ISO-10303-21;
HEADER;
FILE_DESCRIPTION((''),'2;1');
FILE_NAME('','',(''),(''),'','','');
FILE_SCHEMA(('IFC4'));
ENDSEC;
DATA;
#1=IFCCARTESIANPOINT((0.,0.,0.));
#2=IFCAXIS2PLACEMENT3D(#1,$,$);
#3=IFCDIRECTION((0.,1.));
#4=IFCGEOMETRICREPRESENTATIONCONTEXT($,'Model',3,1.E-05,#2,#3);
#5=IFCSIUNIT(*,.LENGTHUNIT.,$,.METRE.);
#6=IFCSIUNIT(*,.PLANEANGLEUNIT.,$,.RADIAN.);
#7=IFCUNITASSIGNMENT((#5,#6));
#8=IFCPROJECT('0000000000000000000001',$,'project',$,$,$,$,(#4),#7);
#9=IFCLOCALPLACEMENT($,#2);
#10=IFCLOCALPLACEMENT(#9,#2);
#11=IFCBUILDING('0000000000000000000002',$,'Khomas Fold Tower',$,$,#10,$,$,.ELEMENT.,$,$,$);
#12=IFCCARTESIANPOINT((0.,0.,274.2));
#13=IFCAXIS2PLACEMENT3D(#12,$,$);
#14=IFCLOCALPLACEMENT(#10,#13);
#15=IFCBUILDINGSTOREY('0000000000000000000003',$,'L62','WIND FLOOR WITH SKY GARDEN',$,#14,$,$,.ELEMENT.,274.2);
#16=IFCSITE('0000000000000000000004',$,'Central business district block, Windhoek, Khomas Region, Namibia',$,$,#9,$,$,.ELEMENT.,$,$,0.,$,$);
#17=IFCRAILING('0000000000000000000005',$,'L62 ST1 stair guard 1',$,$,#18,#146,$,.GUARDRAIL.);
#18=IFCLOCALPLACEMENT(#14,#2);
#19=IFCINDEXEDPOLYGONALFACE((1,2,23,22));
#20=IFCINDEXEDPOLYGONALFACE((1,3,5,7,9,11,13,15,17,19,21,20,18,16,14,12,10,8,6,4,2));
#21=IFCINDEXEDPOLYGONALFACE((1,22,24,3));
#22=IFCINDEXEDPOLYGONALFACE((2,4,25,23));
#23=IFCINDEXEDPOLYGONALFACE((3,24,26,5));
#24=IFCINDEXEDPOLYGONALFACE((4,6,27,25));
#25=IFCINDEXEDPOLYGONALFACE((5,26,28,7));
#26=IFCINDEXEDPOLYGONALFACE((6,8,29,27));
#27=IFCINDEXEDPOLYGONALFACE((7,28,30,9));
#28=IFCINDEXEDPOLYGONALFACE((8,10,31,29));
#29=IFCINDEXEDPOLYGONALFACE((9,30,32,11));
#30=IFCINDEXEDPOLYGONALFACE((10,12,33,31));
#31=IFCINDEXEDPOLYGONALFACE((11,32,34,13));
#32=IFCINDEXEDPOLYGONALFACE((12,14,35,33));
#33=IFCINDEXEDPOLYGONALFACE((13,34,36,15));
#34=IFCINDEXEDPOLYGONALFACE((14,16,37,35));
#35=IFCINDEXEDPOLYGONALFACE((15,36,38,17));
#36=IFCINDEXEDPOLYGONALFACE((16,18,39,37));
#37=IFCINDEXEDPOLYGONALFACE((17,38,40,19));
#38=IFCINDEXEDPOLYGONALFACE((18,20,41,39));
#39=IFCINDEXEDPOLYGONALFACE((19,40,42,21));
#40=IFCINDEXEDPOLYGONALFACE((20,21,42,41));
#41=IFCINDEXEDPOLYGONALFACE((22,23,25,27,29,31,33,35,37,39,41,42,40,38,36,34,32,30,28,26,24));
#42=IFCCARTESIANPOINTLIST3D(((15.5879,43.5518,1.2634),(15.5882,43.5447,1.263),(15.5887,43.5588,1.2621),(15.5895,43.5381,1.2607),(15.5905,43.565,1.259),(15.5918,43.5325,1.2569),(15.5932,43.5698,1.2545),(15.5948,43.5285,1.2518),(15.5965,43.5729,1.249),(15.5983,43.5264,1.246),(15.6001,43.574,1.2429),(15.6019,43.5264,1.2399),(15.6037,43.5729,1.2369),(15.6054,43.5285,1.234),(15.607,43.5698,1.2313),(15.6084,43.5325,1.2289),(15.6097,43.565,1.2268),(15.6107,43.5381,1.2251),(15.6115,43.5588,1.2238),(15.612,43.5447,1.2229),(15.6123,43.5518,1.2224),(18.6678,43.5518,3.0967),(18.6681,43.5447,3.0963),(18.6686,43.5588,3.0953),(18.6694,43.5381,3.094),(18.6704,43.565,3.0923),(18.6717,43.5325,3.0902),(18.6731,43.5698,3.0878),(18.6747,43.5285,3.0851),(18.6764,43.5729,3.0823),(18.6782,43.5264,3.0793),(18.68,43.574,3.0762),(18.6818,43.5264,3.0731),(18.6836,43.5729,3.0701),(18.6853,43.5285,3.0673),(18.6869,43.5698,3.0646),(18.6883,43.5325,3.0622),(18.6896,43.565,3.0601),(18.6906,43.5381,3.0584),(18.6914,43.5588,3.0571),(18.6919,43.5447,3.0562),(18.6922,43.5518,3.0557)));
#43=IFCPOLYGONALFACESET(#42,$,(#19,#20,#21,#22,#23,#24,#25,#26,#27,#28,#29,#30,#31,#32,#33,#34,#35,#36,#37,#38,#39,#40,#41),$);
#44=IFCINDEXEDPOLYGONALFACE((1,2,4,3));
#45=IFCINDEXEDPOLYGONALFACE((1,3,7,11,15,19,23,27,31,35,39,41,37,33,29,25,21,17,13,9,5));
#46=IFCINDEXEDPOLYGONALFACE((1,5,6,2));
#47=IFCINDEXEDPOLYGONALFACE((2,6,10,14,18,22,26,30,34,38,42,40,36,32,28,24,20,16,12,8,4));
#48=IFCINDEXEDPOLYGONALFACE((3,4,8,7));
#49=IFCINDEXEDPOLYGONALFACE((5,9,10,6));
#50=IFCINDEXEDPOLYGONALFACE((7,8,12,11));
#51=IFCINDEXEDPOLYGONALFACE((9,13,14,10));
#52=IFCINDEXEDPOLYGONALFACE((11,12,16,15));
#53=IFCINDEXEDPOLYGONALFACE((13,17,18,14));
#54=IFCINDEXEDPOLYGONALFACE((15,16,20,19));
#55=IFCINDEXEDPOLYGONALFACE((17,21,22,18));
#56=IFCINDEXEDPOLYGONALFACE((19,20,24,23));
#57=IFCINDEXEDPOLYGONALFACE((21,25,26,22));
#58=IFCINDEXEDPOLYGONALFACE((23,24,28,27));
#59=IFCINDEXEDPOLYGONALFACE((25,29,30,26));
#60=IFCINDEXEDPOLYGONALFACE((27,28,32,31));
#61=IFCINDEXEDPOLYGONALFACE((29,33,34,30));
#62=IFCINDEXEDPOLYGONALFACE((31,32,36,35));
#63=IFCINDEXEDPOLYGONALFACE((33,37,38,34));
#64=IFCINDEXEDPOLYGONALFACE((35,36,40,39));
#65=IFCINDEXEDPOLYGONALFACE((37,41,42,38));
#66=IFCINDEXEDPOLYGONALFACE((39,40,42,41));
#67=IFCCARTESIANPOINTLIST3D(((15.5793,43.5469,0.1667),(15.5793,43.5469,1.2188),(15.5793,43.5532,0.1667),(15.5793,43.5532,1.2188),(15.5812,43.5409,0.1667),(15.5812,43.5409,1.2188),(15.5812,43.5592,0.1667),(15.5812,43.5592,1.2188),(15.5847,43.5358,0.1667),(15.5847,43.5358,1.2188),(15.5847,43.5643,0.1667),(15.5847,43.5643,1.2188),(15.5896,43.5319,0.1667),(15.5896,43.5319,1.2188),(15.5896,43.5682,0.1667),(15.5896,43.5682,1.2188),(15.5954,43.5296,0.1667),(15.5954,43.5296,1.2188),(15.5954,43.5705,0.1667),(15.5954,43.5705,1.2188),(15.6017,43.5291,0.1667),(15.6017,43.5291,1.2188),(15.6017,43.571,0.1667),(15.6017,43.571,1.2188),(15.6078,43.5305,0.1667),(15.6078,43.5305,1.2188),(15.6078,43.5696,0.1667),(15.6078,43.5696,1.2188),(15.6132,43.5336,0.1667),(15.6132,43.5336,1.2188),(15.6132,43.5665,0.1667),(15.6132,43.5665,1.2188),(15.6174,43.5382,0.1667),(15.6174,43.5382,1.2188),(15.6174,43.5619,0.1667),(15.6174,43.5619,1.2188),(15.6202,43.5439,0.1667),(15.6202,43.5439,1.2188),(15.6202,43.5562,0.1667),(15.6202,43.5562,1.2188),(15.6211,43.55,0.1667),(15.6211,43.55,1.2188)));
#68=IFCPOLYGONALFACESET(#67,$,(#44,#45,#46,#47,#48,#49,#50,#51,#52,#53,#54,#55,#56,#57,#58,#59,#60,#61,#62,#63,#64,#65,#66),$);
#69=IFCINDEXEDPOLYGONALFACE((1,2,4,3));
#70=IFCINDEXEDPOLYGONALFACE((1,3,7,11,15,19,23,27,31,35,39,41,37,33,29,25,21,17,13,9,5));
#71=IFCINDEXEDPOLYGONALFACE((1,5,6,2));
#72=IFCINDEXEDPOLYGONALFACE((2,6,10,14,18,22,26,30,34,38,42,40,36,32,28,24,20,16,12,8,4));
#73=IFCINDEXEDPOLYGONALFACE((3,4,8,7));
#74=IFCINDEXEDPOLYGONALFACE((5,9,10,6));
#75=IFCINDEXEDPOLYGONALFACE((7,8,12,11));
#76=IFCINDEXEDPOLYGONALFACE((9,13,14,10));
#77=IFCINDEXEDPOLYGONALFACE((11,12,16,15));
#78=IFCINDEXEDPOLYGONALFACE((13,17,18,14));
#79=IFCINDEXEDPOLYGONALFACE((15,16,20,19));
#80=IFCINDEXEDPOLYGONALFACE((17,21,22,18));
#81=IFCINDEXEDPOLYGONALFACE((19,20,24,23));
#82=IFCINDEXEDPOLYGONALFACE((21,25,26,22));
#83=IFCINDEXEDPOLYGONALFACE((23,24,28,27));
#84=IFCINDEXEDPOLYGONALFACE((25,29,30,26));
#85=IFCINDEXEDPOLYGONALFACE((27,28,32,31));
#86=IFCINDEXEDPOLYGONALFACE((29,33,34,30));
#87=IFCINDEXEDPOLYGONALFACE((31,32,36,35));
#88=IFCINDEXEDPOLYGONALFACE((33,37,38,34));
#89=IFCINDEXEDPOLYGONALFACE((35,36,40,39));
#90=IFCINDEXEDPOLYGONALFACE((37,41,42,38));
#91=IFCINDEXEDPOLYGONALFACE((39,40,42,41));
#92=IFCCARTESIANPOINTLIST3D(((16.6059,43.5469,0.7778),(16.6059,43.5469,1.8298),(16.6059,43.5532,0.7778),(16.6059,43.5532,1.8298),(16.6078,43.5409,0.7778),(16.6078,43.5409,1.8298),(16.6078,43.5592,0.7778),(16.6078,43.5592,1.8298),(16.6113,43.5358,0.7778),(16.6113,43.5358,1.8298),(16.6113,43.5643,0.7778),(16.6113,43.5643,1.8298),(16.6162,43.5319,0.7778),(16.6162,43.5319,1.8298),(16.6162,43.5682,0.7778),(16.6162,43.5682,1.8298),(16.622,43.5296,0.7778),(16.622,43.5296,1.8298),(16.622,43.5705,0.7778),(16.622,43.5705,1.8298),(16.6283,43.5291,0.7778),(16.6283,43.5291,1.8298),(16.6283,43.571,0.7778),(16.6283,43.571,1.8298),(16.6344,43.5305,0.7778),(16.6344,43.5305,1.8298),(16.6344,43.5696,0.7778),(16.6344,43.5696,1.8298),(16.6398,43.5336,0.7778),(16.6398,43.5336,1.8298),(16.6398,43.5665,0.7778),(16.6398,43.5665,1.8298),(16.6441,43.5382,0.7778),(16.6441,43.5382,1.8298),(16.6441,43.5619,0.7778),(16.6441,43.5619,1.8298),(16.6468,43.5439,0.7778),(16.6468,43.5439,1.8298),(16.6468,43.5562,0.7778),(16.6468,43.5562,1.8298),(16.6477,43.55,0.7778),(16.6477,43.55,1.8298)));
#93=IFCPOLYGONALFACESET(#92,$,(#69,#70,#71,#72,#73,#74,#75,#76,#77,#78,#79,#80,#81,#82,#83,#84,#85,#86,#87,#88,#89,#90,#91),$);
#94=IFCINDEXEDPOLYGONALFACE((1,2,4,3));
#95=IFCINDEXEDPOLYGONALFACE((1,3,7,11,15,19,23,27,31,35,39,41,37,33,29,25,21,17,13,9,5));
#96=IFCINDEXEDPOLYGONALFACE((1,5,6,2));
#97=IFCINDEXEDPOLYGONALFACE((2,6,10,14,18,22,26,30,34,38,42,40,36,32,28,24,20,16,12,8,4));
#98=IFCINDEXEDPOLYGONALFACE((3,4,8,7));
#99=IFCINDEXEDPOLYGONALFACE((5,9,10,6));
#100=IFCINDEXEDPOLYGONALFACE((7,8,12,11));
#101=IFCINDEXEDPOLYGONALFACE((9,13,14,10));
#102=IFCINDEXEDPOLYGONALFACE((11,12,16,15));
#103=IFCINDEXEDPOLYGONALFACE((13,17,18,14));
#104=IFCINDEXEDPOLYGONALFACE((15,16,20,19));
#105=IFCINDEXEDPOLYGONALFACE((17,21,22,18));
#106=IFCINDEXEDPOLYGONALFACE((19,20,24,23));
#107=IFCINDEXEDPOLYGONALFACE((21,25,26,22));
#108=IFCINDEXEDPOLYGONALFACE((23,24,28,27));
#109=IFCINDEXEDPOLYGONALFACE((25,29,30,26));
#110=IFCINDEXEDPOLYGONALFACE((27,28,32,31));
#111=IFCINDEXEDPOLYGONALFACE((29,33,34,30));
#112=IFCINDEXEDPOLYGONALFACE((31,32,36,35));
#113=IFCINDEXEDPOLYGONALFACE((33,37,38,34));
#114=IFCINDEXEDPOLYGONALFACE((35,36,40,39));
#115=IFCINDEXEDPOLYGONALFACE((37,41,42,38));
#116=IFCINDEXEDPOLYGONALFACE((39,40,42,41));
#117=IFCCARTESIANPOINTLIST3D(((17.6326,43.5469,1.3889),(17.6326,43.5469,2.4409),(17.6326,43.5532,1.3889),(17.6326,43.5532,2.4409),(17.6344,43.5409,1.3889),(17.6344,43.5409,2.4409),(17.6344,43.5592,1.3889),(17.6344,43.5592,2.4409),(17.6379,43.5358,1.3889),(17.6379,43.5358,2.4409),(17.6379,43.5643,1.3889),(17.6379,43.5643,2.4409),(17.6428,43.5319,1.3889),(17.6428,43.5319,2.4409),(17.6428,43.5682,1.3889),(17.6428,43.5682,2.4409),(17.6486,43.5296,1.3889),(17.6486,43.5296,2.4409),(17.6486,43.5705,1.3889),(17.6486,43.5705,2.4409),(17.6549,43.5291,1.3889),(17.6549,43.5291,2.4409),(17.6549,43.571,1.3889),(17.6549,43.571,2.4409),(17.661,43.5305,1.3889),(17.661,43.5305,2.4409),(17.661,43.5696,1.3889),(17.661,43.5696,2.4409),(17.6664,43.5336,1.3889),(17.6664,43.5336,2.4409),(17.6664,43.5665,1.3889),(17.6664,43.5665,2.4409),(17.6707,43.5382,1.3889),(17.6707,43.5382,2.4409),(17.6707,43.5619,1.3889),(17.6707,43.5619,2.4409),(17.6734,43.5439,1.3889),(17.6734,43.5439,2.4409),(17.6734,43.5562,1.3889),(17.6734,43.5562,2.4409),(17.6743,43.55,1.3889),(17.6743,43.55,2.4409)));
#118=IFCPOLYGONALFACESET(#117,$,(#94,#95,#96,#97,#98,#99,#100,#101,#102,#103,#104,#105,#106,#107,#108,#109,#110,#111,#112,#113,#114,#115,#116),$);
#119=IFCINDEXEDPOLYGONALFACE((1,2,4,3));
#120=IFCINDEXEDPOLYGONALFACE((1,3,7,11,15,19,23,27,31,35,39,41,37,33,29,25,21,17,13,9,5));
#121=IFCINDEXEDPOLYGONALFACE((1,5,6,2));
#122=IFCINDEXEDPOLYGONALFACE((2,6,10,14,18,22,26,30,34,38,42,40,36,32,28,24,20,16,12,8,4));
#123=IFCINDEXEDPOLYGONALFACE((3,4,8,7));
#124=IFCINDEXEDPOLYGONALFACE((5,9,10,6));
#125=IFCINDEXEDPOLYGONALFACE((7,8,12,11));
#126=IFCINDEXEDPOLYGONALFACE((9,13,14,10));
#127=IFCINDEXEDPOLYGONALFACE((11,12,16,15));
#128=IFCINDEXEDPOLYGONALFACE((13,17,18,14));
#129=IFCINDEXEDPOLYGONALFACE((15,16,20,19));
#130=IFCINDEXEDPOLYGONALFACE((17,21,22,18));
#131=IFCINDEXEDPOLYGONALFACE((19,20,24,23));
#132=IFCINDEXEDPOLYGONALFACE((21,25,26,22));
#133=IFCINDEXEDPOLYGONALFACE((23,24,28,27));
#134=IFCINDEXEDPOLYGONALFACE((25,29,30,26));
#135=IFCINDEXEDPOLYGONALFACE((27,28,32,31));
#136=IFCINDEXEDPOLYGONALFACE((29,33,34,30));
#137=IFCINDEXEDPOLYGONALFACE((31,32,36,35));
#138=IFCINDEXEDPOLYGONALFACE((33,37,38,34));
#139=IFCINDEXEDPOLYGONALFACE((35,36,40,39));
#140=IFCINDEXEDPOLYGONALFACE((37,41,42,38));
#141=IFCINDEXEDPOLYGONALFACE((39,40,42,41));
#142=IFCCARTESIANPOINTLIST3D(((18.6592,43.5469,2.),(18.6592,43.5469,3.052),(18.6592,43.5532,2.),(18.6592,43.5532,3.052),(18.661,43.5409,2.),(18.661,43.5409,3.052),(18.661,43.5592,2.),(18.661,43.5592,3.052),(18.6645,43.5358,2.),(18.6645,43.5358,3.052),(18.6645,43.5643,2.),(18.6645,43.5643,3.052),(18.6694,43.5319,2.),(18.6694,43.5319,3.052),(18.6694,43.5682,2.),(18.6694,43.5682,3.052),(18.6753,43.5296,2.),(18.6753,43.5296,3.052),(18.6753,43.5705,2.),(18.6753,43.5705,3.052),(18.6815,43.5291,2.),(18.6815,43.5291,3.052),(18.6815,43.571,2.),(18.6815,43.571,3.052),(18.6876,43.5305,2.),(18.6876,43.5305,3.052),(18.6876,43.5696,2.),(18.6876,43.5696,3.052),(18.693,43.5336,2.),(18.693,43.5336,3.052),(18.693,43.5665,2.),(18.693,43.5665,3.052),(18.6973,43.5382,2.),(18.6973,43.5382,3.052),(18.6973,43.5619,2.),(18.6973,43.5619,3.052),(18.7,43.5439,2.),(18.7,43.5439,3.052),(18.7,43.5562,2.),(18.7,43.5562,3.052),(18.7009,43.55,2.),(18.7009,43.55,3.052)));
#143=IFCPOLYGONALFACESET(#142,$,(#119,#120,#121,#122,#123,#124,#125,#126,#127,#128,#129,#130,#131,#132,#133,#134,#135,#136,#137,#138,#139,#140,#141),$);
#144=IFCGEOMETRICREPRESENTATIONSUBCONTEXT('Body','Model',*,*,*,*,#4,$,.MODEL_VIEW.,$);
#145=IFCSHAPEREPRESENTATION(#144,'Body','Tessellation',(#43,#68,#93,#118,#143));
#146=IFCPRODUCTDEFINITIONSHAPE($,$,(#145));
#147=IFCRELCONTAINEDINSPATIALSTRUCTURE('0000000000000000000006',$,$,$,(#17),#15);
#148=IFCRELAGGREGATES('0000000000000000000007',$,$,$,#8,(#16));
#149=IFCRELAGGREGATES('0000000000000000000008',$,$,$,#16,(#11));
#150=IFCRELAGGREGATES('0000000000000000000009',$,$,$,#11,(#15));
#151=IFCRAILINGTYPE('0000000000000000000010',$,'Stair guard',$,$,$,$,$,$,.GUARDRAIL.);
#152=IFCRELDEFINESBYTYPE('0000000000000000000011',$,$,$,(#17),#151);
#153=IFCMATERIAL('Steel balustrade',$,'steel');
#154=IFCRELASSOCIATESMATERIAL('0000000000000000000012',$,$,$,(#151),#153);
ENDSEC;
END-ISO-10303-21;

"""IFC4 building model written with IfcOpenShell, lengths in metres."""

from ifc_helpers import new_model, si_unit, direction, frame, origin, origin_2d, place, context, subcontext, project, spatial, circle, extrude, source, transform, mapped, material, type_object, element, save


model = new_model("IFC4")

# Units and contexts
model_context = context("Model", 3, precision=1e-05, world=origin(), true_north=direction((0.0, 1.0)))
body_context = subcontext(model_context, "Body", "Model", "MODEL_VIEW")
ifc_project = project(units=[si_unit("LENGTHUNIT", "METRE"), si_unit("PLANEANGLEUNIT", "RADIAN")], contexts=[model_context])

# Site, building, storey
site_placement = place(None, origin())
site = spatial("IfcSite", under=ifc_project, at=site_placement, Name="Central business district block, Windhoek, Khomas Region, Namibia", CompositionType="ELEMENT", RefElevation=0.0)
building_placement = place(site_placement, origin())
building = spatial("IfcBuilding", under=site, at=building_placement, Name="Khomas Fold Tower", CompositionType="ELEMENT")
storey_placement = place(building_placement, frame((0.0, 0.0, 274.2)))
storey = spatial("IfcBuildingStorey", under=building, at=storey_placement, Name="L62", Description="WIND FLOOR WITH SKY GARDEN", CompositionType="ELEMENT", Elevation=274.2)

# Railing
ifc_material_1 = material(Name="Steel balustrade", Category="steel")
railing_type_1 = type_object("IfcRailingType", Name="Stair guard", PredefinedType="GUARDRAIL", material=ifc_material_1)
shared_shape_1 = source(origin(), body_context, "Body", "SweptSolid", [
    extrude(circle(Radius=0.0239, at=origin_2d()), frame((0.0, 0.0, 1.0762), z_axis=(0.859291, 0.0, 0.511487), x_axis=(0.0, 1.0, 0.0)), (0.0, 0.0, 1.0), 3.5842),
    extrude(circle(Radius=0.021, at=origin_2d()), origin(), (0.0, 0.0, 1.0), 1.052),
    extrude(circle(Radius=0.021, at=origin_2d()), frame((1.0266, 0.0, 0.6111)), (0.0, 0.0, 1.0), 1.052),
    extrude(circle(Radius=0.021, at=origin_2d()), frame((2.0532, 0.0, 1.2222)), (0.0, 0.0, 1.0), 1.052),
    extrude(circle(Radius=0.021, at=origin_2d()), frame((3.0798, 0.0, 1.8333)), (0.0, 0.0, 1.0), 1.052),
])
for number, where, name in (
    (1, (15.6001, 43.55, 0.1667), "L62 ST1 stair guard 1"),
):
    element("IfcRailing", number, at=place(storey_placement, frame(where)), inside=storey, type_object=railing_type_1, Name=name, PredefinedType="GUARDRAIL", context=body_context, shape_type="MappedRepresentation", body=[
        mapped(shared_shape_1, transform((0.0, 0.0, 0.0))),
    ])

save(model, "model.ifc")
